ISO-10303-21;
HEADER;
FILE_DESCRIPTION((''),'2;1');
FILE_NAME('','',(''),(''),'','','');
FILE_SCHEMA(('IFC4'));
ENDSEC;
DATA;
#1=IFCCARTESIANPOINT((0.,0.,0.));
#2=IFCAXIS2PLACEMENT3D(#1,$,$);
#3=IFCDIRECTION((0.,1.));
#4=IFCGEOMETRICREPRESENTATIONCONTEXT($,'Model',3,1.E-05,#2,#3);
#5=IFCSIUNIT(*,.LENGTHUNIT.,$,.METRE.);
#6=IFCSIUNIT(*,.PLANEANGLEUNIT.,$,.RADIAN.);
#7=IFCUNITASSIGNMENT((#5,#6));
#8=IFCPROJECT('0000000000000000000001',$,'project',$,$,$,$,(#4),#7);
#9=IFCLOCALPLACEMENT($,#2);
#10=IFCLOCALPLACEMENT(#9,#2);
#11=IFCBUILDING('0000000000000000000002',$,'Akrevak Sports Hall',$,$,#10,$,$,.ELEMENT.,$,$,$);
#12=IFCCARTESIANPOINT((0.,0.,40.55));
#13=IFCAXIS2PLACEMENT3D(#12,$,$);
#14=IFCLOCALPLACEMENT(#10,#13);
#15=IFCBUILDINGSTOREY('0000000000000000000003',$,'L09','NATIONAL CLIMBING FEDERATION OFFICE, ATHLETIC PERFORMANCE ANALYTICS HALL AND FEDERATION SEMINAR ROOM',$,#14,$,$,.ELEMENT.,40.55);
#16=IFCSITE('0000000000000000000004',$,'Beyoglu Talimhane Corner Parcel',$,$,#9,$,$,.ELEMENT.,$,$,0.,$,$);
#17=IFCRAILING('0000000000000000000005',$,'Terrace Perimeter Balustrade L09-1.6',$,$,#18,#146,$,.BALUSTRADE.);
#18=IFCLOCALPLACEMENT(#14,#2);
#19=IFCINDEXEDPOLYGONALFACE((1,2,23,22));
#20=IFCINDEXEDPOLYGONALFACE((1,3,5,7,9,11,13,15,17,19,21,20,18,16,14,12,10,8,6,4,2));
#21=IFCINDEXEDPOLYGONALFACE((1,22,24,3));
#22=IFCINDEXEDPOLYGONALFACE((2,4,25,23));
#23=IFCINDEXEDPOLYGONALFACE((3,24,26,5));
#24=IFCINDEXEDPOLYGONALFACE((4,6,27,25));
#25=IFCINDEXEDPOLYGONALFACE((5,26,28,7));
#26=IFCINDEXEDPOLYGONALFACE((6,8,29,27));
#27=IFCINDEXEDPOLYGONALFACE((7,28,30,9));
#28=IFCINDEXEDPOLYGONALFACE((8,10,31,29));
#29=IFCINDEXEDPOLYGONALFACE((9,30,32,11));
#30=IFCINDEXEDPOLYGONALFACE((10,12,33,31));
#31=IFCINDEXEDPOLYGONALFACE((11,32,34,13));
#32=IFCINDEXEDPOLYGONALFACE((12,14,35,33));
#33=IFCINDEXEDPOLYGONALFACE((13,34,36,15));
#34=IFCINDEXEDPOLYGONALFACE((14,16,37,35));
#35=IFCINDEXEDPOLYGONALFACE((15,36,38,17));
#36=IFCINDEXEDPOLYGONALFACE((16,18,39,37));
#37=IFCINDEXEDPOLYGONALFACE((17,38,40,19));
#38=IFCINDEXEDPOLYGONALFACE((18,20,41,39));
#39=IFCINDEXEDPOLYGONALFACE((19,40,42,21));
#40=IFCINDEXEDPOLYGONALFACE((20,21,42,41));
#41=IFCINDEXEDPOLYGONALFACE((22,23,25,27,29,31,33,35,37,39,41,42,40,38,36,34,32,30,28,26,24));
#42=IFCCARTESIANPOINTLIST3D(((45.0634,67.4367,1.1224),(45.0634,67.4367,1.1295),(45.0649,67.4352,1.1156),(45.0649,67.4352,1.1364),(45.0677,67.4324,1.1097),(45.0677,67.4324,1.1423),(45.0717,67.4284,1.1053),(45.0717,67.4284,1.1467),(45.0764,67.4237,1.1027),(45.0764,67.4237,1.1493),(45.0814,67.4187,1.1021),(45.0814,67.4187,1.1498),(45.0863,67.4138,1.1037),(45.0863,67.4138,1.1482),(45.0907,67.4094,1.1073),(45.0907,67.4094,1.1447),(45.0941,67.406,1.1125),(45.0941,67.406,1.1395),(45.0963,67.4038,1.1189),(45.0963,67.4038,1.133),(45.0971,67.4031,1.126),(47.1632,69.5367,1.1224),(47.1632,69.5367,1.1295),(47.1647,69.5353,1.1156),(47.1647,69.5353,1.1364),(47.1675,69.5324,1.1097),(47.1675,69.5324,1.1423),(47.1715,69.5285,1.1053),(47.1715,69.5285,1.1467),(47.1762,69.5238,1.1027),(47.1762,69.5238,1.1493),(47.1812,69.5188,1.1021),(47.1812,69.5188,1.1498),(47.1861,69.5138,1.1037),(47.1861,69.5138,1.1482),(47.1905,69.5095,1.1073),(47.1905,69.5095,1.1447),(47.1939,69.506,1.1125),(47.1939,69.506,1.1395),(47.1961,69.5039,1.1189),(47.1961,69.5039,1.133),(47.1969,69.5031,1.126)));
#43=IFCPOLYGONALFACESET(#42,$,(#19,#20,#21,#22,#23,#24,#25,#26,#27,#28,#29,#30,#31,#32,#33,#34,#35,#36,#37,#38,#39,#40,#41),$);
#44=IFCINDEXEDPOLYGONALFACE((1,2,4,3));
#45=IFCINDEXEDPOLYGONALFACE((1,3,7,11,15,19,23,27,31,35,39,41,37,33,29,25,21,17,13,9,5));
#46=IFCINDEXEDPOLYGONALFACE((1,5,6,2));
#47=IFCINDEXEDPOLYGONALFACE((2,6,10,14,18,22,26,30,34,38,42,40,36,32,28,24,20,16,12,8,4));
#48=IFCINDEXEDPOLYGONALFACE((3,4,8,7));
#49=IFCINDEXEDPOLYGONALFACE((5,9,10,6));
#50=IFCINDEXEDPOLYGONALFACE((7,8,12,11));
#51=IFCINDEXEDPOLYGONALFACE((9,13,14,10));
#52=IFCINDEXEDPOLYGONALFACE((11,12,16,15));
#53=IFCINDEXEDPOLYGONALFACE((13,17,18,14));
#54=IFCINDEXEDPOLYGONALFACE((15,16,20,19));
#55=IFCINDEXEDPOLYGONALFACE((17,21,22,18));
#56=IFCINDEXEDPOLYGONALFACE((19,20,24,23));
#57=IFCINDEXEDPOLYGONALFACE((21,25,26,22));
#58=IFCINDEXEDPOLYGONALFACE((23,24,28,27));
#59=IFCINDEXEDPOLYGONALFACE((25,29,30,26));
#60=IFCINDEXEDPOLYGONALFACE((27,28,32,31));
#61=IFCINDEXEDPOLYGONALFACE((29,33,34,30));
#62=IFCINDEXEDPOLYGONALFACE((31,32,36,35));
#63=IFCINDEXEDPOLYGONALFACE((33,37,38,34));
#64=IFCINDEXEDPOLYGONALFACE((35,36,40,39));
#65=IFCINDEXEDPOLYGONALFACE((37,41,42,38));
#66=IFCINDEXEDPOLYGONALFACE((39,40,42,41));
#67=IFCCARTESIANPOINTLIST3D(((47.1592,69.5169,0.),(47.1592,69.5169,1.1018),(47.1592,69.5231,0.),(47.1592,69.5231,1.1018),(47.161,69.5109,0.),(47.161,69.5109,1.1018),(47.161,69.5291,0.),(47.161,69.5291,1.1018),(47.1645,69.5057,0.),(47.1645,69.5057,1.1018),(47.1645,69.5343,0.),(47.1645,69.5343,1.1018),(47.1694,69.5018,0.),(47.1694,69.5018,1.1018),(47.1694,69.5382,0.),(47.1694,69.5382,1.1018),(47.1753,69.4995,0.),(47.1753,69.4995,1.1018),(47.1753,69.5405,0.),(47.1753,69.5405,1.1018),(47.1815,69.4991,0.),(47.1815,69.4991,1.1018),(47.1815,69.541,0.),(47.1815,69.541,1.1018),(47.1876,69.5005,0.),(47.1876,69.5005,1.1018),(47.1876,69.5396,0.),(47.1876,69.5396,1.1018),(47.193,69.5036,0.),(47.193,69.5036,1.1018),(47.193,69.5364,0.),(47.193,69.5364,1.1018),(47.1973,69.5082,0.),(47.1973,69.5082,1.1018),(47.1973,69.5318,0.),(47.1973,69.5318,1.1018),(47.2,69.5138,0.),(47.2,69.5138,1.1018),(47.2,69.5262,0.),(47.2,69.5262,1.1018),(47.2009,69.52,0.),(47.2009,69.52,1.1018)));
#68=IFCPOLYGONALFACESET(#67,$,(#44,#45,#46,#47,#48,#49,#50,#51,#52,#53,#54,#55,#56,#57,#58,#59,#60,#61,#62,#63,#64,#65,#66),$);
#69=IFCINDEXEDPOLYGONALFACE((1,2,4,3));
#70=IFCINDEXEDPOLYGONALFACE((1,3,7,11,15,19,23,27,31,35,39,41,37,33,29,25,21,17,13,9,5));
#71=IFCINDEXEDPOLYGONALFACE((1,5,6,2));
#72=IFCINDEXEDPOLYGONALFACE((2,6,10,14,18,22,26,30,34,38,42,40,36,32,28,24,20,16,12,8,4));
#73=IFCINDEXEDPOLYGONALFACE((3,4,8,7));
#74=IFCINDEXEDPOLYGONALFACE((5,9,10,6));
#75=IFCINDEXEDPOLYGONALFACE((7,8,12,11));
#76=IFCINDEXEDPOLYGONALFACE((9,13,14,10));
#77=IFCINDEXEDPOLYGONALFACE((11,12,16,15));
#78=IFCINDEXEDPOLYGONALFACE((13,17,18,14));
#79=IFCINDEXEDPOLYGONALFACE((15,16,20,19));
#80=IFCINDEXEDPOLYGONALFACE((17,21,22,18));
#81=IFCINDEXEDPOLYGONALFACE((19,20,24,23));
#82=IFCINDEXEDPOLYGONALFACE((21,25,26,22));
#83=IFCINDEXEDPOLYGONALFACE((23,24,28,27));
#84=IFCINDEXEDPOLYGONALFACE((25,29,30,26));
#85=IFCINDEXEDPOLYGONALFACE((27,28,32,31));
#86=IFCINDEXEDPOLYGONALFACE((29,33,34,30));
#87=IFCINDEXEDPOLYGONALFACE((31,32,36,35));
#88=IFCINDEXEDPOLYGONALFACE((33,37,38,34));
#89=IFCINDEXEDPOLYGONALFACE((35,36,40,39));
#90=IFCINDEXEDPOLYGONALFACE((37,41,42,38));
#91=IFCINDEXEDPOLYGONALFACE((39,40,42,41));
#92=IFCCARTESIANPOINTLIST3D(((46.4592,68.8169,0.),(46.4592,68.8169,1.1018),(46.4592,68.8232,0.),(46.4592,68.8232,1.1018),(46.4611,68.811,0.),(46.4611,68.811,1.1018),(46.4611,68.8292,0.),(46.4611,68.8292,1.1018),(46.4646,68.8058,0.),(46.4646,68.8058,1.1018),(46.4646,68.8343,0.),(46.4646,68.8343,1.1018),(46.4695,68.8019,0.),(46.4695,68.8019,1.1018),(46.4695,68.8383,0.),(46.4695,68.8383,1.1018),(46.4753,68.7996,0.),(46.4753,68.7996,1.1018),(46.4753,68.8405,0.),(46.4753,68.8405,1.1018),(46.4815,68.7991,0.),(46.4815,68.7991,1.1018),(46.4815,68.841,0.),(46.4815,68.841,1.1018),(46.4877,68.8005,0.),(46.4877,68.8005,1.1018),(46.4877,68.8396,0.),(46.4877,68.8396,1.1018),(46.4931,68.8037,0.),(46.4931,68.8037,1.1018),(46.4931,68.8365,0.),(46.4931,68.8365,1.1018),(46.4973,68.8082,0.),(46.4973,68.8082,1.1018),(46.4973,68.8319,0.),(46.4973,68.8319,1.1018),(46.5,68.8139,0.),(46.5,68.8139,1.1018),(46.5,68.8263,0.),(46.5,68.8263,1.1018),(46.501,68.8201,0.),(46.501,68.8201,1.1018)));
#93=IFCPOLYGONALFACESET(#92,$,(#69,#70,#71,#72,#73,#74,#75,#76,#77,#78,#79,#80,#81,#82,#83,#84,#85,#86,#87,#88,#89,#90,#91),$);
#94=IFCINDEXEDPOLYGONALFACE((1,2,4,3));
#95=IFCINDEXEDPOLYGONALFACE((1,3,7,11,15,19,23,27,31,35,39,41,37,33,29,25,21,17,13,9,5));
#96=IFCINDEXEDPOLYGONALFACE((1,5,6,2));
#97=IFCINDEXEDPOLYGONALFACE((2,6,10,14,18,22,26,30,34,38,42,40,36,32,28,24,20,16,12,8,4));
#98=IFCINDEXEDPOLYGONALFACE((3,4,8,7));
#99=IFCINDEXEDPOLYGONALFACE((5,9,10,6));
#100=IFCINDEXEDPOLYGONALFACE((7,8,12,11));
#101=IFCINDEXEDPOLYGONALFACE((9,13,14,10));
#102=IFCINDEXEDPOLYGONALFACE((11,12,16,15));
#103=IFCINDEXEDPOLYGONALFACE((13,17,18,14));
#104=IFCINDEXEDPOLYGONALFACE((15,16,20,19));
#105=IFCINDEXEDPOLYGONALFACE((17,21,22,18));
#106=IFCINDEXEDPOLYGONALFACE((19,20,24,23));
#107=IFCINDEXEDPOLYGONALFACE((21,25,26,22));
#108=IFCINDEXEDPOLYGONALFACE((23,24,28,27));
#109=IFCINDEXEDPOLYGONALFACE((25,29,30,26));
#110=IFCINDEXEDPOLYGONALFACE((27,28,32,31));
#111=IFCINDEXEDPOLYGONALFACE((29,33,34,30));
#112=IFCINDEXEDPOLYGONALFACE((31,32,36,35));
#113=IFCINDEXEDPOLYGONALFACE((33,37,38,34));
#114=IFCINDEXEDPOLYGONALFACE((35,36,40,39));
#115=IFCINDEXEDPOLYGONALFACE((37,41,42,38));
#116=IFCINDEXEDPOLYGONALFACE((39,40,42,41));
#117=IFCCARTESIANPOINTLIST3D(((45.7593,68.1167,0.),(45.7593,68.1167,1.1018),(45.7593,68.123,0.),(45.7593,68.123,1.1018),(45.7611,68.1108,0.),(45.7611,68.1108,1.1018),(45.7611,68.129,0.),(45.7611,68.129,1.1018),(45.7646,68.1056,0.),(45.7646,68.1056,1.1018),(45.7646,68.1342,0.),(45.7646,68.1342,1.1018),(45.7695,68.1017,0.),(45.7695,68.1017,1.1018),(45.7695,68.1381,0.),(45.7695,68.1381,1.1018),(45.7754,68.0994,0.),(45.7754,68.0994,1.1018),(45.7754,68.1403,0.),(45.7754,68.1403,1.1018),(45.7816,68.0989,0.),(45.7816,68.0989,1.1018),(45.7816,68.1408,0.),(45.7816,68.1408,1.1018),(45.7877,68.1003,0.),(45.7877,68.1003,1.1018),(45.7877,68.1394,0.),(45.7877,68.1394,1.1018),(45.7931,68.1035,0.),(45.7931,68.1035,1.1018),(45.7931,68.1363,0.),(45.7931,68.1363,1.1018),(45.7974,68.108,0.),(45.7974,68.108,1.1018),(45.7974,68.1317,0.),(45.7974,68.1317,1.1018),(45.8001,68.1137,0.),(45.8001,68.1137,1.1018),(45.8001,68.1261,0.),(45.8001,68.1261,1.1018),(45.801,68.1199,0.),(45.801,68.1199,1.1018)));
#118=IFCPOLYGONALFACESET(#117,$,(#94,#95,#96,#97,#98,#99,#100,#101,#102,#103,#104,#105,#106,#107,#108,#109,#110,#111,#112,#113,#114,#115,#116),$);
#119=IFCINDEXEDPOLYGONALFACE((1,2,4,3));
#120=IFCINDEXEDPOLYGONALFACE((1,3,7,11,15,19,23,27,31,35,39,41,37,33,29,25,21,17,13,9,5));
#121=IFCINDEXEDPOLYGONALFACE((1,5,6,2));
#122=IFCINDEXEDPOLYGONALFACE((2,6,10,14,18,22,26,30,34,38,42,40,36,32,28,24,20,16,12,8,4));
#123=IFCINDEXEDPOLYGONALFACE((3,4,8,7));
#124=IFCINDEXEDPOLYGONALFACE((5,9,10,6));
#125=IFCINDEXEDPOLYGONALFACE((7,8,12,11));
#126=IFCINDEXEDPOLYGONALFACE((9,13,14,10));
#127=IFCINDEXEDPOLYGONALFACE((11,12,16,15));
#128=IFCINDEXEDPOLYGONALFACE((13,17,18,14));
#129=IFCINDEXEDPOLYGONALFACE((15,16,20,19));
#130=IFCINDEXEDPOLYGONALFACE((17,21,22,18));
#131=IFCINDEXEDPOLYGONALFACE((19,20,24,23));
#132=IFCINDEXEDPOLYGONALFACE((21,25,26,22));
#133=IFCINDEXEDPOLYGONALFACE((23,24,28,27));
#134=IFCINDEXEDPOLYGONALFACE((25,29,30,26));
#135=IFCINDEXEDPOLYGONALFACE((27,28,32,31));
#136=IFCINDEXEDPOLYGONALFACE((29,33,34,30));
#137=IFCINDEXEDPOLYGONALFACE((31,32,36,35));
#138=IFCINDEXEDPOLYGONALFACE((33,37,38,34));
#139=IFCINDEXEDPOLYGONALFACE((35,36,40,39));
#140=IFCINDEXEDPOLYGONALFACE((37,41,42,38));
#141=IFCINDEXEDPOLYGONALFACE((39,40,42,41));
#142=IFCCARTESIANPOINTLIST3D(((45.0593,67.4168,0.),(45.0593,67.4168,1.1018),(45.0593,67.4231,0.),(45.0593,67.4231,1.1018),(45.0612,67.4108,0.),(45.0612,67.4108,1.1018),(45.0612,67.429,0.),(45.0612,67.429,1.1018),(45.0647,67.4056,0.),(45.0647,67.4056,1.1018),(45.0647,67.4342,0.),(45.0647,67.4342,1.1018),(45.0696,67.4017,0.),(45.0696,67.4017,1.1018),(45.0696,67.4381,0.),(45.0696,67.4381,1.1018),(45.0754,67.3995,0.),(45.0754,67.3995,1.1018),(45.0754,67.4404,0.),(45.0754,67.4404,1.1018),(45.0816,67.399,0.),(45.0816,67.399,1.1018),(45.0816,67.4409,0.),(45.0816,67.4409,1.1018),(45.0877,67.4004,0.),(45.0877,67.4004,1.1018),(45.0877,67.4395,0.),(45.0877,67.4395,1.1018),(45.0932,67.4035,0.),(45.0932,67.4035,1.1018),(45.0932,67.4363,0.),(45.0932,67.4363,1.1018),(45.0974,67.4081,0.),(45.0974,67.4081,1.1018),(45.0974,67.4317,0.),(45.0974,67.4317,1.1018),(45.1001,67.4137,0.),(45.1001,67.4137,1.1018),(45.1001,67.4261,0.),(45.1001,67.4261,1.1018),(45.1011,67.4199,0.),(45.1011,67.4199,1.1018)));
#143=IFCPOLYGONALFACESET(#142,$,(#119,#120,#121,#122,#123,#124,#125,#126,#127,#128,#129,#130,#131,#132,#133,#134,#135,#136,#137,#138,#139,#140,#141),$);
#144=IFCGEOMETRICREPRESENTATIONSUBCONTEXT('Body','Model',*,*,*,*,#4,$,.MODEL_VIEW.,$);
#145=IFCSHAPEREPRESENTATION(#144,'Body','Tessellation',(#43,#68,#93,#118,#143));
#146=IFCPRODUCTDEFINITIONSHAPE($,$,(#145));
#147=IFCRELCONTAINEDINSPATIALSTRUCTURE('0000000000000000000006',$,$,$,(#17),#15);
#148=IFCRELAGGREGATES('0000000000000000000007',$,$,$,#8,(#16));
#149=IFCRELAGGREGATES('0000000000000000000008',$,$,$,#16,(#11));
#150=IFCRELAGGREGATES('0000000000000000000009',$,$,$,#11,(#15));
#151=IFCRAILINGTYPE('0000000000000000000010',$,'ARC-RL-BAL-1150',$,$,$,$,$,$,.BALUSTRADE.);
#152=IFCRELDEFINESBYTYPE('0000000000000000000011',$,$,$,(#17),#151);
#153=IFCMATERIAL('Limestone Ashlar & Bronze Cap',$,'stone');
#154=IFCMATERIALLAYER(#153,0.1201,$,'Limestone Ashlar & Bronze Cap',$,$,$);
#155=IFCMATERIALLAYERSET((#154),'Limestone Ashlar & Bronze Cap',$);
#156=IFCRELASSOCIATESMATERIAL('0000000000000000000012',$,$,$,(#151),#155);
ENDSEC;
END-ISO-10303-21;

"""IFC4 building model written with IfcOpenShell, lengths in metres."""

from ifc_helpers import new_model, si_unit, direction, frame, origin, origin_2d, place, context, subcontext, project, spatial, circle, extrude, material, layer, layer_set, type_object, element, save


model = new_model("IFC4")

# Units and contexts
model_context = context("Model", 3, precision=1e-05, world=origin(), true_north=direction((0.0, 1.0)))
body_context = subcontext(model_context, "Body", "Model", "MODEL_VIEW")
ifc_project = project(units=[si_unit("LENGTHUNIT", "METRE"), si_unit("PLANEANGLEUNIT", "RADIAN")], contexts=[model_context])

# Site, building, storey
site_placement = place(None, origin())
site = spatial("IfcSite", under=ifc_project, at=site_placement, Name="Beyoglu Talimhane Corner Parcel", CompositionType="ELEMENT", RefElevation=0.0)
building_placement = place(site_placement, origin())
building = spatial("IfcBuilding", under=site, at=building_placement, Name="Akrevak Sports Hall", CompositionType="ELEMENT")
storey_placement = place(building_placement, frame((0.0, 0.0, 40.55)))
storey = spatial("IfcBuildingStorey", under=building, at=storey_placement, Name="L09", Description="NATIONAL CLIMBING FEDERATION OFFICE, ATHLETIC PERFORMANCE ANALYTICS HALL AND FEDERATION SEMINAR ROOM", CompositionType="ELEMENT", Elevation=40.55)

# Railing
ifc_material_1 = material(Name="Limestone Ashlar & Bronze Cap", Category="stone")
ifc_layer_1 = layer(ifc_material_1, 0.1201, Name="Limestone Ashlar & Bronze Cap")
ifc_layer_set_1 = layer_set([ifc_layer_1], Name="Limestone Ashlar & Bronze Cap")
railing_type = type_object("IfcRailingType", Name="ARC-RL-BAL-1150", PredefinedType="BALUSTRADE", material=ifc_layer_set_1)
railing_1_placement = place(storey_placement, frame((47.1799, 69.52, 0.0)))
element("IfcRailing", 1, at=railing_1_placement, inside=storey, type_object=railing_type, Name="Terrace Perimeter Balustrade L09-1.6", PredefinedType="BALUSTRADE", context=body_context, shape_type="SweptSolid", body=[
    extrude(circle(Radius=0.0239, at=origin_2d()), frame((0.0, 0.0, 1.126), z_axis=(-0.707066, -0.707148, 0.0), x_axis=(0.707148, -0.707066, 0.0)), (0.0, 0.0, 1.0), 2.9697),
    extrude(circle(Radius=0.021, at=origin_2d()), origin(), (0.0, 0.0, 1.0), 1.1018),
    extrude(circle(Radius=0.021, at=origin_2d()), frame((-0.7, -0.7, 0.0)), (0.0, 0.0, 1.0), 1.1018),
    extrude(circle(Radius=0.021, at=origin_2d()), frame((-1.3999, -1.4001, 0.0)), (0.0, 0.0, 1.0), 1.1018),
    extrude(circle(Radius=0.021, at=origin_2d()), frame((-2.0999, -2.1001, 0.0)), (0.0, 0.0, 1.0), 1.1018),
])

save(model, "model.ifc")
